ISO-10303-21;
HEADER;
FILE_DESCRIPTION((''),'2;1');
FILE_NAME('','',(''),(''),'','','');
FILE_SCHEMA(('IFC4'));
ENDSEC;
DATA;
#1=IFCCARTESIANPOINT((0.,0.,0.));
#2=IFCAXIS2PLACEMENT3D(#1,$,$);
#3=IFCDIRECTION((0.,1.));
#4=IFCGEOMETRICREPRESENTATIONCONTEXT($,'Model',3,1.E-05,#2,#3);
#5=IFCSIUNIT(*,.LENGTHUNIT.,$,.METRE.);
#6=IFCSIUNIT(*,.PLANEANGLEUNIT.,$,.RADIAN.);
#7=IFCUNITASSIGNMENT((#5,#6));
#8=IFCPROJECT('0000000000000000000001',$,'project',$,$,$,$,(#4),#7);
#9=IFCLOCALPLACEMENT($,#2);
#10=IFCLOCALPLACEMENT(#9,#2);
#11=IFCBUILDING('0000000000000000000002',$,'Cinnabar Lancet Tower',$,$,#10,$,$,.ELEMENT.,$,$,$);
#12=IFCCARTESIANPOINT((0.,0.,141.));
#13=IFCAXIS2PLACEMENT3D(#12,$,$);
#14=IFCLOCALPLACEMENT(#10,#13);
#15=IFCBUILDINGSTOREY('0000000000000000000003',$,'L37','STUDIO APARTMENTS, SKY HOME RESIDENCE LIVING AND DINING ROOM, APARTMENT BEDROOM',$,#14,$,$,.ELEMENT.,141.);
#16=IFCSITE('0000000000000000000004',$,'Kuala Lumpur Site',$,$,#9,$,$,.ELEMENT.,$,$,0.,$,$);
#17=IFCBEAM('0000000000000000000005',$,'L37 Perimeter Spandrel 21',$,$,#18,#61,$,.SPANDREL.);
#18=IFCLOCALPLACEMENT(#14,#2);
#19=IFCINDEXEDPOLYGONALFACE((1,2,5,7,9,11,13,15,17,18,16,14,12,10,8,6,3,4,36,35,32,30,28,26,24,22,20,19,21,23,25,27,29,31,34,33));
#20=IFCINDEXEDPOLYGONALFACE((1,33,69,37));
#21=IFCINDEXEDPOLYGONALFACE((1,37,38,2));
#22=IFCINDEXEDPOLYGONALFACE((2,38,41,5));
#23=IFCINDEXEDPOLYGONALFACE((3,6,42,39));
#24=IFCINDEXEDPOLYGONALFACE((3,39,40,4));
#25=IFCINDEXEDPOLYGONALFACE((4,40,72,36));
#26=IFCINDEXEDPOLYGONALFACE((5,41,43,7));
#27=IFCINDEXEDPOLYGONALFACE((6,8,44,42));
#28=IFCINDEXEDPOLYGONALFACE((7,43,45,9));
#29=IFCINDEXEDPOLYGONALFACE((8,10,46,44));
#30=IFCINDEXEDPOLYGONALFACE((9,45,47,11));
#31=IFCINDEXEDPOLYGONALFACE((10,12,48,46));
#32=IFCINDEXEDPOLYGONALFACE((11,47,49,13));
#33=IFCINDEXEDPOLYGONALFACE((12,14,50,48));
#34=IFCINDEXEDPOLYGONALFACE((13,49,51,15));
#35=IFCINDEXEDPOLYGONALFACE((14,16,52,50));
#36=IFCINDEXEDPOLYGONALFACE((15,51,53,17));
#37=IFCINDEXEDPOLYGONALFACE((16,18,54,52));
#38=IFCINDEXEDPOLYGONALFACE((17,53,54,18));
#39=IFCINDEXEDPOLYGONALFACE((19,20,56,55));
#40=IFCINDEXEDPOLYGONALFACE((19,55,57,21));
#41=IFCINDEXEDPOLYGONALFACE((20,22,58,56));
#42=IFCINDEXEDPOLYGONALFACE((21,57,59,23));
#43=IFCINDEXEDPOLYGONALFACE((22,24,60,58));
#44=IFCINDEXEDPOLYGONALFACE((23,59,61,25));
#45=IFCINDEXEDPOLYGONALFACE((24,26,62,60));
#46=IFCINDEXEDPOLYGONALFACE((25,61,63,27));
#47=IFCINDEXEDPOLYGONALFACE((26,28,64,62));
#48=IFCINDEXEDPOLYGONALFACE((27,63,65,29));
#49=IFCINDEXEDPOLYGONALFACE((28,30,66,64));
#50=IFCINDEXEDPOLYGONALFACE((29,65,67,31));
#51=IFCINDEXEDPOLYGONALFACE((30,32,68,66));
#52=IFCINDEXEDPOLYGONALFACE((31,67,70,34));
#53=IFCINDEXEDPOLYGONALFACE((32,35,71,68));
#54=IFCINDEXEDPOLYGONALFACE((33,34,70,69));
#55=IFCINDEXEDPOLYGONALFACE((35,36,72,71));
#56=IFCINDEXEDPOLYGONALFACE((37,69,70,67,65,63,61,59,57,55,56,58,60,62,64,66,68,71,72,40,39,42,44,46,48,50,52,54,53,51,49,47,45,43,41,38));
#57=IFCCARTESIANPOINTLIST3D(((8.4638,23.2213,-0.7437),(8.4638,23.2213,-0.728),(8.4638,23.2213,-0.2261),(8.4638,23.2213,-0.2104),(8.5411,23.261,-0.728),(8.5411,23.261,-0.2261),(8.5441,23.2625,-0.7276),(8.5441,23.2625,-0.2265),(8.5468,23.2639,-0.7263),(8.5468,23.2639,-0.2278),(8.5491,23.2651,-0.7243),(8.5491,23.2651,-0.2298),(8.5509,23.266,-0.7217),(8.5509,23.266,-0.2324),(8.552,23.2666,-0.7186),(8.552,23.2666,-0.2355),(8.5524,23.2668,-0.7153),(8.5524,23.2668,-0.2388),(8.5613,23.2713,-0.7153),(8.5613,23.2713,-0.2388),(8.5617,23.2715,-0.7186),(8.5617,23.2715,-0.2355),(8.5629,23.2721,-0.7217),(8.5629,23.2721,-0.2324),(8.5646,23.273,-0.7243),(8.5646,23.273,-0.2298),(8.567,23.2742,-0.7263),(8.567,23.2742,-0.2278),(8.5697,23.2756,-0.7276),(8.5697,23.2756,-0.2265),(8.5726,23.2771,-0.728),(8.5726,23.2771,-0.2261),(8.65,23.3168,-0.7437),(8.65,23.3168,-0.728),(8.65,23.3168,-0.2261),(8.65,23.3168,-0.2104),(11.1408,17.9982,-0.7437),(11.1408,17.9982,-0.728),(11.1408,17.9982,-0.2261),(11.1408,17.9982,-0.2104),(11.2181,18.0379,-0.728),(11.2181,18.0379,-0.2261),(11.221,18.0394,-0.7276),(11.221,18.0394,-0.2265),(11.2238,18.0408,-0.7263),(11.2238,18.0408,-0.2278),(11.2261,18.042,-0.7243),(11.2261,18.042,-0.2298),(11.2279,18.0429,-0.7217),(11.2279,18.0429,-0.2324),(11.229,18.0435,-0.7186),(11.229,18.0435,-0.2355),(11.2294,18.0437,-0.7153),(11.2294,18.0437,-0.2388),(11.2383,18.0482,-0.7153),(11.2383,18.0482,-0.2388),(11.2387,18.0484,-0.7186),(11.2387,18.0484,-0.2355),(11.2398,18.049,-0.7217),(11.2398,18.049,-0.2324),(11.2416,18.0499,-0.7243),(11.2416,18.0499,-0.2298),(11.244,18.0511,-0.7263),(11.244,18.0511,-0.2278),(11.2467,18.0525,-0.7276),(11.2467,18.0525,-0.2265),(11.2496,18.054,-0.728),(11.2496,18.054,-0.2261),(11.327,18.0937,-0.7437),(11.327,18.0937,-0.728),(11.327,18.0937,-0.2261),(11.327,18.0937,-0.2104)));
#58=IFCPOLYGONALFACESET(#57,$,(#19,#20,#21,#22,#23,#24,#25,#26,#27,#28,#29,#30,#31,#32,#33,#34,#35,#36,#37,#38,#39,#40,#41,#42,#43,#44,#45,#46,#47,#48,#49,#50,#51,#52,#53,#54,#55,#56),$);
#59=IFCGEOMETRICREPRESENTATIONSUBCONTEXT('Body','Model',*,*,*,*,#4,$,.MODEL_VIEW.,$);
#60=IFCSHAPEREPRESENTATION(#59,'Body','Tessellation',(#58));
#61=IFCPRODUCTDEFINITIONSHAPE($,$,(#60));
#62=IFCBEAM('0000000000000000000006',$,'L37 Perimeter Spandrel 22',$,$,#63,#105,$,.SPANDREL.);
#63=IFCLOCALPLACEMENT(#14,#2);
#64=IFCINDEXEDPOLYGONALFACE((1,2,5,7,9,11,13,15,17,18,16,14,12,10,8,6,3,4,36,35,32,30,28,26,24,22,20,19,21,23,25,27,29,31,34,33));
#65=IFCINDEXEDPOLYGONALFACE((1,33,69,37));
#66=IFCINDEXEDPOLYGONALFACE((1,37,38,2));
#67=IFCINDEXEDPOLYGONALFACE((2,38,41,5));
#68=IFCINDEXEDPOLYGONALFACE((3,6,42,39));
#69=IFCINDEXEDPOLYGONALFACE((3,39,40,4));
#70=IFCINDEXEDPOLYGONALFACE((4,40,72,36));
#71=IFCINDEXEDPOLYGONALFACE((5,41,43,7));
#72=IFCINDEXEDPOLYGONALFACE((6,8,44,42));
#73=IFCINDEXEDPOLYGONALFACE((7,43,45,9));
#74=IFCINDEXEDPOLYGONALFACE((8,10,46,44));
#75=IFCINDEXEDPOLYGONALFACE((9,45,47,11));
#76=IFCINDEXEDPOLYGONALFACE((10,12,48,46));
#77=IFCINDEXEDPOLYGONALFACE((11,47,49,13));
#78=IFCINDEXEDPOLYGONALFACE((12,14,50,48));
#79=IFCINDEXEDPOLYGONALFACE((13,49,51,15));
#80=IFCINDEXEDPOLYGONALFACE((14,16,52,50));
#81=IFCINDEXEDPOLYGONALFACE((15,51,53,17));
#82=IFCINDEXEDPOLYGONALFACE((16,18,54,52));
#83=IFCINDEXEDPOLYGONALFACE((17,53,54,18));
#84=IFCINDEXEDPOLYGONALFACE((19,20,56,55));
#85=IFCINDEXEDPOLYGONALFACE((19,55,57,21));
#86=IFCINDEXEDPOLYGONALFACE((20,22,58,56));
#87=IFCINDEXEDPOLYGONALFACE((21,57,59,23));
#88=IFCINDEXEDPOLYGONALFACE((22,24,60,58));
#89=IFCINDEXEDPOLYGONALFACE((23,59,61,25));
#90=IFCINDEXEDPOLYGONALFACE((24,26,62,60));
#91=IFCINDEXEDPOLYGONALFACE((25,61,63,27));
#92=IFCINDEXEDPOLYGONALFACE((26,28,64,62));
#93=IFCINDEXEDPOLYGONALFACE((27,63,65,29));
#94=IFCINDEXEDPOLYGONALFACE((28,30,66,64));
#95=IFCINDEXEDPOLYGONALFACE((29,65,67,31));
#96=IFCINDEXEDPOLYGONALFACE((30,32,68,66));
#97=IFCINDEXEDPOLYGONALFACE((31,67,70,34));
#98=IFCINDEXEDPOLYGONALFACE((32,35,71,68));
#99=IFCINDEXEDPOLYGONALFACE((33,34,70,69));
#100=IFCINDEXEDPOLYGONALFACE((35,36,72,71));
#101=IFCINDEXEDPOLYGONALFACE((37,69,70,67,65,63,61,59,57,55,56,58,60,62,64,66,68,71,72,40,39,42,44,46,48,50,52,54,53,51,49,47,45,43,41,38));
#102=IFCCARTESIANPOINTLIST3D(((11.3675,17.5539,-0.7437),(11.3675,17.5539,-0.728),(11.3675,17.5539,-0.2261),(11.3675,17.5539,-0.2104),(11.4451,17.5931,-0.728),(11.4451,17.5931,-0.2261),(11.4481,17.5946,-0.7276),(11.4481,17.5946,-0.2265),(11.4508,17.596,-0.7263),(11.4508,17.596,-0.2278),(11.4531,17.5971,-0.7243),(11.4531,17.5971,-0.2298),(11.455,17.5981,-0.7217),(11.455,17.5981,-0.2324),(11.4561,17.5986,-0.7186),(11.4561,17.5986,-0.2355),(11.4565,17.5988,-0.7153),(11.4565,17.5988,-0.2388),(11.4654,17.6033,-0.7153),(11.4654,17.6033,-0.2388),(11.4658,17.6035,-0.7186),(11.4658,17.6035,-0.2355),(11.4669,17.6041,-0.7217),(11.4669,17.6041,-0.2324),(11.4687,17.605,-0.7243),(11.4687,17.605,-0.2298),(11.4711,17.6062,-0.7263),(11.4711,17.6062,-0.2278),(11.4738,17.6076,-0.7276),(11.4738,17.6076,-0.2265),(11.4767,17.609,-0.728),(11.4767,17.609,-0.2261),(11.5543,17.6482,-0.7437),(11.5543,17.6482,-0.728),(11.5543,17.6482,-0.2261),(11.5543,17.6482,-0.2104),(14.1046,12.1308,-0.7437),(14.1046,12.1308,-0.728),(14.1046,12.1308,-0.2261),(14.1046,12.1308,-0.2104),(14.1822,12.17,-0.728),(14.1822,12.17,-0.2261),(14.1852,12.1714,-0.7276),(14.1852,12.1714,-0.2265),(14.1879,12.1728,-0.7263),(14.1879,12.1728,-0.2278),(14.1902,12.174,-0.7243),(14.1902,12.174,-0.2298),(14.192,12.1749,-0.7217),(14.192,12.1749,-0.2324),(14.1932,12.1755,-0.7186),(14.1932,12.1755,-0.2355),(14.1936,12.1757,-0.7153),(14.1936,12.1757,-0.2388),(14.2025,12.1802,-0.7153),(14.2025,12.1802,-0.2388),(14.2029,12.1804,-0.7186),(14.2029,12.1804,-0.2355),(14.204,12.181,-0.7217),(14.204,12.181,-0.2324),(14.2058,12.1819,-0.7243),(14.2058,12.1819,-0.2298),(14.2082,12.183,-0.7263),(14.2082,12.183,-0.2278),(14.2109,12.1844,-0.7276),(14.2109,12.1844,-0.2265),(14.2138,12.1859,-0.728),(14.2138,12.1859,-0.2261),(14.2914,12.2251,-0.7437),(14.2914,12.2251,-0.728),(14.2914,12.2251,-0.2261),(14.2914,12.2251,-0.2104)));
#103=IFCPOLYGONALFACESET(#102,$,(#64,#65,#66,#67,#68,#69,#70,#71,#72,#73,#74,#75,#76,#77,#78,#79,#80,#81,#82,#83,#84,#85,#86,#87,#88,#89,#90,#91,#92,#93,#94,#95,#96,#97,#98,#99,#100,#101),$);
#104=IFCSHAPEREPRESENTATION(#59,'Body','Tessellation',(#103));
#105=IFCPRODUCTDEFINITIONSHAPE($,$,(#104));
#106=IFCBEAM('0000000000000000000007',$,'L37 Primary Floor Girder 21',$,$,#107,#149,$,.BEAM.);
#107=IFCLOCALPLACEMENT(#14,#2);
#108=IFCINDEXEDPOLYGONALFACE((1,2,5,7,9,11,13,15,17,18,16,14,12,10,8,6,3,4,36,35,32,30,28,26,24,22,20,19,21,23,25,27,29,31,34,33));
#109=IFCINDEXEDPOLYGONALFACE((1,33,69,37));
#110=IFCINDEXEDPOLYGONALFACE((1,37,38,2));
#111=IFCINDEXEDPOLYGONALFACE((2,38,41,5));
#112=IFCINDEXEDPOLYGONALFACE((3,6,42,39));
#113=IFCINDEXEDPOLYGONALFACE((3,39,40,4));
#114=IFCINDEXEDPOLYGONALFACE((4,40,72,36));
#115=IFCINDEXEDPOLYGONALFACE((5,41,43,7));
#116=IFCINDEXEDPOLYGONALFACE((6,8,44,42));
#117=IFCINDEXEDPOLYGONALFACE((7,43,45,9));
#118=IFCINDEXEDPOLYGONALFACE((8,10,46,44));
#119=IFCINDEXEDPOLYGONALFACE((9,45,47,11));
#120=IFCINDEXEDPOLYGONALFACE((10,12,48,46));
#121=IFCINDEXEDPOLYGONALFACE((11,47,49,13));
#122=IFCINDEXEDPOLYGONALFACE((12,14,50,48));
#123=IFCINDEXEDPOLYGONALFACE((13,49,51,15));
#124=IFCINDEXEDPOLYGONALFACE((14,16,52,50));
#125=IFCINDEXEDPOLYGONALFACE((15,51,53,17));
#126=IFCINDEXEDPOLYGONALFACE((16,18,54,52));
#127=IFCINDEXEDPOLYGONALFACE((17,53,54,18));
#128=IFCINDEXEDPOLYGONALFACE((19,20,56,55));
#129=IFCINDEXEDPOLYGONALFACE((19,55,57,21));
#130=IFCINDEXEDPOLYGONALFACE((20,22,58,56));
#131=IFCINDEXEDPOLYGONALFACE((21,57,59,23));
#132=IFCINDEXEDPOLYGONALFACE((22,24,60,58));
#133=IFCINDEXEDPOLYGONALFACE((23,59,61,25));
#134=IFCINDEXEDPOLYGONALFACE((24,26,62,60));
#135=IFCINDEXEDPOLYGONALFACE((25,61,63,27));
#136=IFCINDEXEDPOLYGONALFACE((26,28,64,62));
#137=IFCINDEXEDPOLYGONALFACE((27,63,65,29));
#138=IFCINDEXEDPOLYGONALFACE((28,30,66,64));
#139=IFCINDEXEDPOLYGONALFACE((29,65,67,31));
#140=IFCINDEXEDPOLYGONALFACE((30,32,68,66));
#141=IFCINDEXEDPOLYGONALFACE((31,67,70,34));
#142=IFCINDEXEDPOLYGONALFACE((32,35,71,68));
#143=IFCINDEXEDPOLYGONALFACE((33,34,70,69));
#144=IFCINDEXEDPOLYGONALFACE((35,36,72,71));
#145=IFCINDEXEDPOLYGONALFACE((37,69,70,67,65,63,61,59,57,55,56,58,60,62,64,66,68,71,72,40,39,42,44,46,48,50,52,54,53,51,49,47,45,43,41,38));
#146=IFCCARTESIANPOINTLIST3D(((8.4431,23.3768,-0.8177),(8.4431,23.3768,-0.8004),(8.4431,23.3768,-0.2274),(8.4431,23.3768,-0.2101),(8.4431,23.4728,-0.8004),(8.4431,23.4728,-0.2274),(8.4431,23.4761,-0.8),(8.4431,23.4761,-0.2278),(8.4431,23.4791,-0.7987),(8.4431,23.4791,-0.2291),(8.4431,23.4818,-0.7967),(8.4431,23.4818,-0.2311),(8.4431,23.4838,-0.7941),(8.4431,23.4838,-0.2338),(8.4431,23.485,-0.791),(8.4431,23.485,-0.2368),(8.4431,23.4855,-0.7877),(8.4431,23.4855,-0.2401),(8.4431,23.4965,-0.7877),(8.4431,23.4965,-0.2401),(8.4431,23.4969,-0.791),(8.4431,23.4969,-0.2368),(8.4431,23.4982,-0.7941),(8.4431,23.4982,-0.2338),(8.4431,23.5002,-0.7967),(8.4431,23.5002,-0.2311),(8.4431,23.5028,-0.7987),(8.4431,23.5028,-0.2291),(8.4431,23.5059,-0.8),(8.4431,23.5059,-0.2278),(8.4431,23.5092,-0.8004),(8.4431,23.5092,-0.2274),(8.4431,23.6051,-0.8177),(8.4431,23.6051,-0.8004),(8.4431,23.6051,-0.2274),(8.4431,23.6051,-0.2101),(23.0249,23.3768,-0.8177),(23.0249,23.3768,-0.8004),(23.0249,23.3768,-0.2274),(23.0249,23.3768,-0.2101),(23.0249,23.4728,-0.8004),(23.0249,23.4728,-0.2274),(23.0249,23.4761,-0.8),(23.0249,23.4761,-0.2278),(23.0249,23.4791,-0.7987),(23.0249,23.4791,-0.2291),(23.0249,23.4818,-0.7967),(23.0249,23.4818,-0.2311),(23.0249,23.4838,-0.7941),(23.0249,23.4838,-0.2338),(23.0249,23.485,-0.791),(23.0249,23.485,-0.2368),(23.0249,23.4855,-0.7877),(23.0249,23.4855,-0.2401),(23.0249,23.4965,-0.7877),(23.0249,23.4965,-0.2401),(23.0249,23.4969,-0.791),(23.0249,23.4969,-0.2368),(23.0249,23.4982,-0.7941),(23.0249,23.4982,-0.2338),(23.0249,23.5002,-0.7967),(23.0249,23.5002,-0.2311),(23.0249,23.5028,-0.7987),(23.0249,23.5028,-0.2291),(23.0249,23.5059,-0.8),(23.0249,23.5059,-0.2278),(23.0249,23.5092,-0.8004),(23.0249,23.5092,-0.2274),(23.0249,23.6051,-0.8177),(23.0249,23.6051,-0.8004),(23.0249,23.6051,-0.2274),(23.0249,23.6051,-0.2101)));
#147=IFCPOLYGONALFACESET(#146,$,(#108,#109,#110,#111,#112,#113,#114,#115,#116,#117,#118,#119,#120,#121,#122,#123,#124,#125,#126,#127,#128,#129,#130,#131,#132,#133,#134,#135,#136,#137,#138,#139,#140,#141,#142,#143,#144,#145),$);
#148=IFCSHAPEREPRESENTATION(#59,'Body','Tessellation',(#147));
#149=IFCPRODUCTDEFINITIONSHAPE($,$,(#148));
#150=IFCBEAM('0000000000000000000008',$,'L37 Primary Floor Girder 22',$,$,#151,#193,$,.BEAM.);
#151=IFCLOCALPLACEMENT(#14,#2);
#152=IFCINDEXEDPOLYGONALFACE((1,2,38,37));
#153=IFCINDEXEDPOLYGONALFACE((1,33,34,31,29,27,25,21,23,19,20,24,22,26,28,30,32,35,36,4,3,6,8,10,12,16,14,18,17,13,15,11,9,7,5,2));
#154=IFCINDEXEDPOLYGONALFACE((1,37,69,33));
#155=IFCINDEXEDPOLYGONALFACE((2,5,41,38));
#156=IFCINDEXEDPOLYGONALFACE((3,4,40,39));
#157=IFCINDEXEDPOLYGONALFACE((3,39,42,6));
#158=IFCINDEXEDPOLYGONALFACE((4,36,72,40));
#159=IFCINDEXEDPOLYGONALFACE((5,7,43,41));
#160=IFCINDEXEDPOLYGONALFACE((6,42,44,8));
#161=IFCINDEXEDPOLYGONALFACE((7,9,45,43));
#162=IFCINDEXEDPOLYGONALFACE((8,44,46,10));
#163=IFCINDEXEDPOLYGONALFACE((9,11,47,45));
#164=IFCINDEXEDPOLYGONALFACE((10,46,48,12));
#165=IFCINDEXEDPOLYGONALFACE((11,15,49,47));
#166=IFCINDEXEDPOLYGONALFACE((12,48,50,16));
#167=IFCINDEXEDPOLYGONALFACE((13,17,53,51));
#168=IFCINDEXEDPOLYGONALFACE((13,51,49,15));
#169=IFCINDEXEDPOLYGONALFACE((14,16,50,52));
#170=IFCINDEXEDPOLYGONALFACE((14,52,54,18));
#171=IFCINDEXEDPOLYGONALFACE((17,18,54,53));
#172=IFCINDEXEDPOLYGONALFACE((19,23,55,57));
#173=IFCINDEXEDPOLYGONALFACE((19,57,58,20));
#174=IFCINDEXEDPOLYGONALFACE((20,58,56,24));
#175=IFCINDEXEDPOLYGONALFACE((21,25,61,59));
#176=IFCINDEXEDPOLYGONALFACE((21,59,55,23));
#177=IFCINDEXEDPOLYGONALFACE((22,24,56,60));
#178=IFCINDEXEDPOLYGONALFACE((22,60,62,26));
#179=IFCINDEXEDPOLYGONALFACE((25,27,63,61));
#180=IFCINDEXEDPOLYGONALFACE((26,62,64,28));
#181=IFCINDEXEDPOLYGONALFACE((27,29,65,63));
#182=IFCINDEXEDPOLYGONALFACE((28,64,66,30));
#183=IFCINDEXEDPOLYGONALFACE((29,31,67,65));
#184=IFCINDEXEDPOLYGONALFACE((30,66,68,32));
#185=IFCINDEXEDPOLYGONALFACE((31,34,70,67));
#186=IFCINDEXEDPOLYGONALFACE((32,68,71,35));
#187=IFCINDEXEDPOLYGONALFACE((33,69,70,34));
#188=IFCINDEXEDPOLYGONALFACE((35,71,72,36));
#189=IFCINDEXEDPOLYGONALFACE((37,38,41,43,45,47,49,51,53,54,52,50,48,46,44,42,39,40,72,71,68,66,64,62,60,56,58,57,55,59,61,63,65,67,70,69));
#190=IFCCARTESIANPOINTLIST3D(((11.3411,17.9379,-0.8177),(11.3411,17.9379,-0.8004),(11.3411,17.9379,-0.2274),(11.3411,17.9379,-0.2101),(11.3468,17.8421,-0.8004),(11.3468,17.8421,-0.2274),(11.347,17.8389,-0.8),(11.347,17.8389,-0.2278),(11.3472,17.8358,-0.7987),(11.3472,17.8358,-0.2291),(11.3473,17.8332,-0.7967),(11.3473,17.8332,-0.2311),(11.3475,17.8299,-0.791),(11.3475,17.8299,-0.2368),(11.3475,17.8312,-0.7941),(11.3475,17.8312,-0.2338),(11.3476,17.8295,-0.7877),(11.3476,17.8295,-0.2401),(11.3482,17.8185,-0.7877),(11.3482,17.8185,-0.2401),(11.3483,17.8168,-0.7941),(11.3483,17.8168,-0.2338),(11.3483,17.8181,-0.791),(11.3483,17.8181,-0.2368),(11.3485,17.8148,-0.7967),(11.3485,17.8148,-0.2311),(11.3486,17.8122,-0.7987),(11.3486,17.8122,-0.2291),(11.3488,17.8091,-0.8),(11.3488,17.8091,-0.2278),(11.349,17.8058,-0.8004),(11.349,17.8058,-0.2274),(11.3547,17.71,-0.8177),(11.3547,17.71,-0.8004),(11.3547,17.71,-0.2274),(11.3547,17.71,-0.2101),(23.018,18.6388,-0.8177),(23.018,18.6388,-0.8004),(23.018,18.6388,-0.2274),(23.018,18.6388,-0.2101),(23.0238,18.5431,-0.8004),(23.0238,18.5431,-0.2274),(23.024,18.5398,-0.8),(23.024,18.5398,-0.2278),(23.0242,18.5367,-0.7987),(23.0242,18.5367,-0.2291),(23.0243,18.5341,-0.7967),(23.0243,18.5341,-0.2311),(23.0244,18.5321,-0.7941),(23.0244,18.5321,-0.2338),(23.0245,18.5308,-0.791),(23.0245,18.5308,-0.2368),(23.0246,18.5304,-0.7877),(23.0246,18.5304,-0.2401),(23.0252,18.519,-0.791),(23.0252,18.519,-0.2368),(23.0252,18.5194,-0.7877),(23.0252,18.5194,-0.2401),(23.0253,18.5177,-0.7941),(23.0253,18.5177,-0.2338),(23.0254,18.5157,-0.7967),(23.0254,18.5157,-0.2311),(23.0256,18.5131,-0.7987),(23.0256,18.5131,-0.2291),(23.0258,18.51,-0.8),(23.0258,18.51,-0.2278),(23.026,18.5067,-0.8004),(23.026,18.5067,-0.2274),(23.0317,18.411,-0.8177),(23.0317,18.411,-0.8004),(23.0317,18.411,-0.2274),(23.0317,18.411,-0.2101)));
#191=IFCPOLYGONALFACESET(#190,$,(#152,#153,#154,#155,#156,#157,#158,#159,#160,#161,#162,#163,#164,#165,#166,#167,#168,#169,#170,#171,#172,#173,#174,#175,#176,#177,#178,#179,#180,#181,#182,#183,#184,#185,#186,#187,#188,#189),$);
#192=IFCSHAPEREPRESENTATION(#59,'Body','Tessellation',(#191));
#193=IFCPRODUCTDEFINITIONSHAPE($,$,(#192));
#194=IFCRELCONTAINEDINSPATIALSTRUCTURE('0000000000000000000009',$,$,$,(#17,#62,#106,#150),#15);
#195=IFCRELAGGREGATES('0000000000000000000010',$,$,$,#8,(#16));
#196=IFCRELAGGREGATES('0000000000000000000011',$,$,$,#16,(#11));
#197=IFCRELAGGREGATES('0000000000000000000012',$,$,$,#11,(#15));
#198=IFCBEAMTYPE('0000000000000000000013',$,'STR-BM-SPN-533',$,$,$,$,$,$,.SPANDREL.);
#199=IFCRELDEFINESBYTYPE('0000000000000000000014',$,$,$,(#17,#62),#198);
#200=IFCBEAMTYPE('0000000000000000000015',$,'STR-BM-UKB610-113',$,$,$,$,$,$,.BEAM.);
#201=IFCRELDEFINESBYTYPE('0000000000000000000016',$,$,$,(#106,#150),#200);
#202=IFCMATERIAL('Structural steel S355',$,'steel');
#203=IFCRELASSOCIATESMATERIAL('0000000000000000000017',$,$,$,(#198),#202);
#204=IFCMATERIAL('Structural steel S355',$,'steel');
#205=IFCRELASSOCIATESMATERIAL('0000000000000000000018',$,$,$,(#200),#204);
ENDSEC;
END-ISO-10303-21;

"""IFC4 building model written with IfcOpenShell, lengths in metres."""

from ifc_helpers import new_model, si_unit, direction, frame, origin, origin_2d, place, context, subcontext, project, spatial, i_section, extrude, material, material_profile, profile_set, type_object, element, save


model = new_model("IFC4")

# Units and contexts
model_context = context("Model", 3, precision=1e-05, world=origin(), true_north=direction((0.0, 1.0)))
body_context = subcontext(model_context, "Body", "Model", "MODEL_VIEW")
ifc_project = project(units=[si_unit("LENGTHUNIT", "METRE"), si_unit("PLANEANGLEUNIT", "RADIAN")], contexts=[model_context])

# Site, building, storey
site_placement = place(None, origin())
site = spatial("IfcSite", under=ifc_project, at=site_placement, Name="Kuala Lumpur Site", CompositionType="ELEMENT", RefElevation=0.0)
building_placement = place(site_placement, origin())
building = spatial("IfcBuilding", under=site, at=building_placement, Name="Cinnabar Lancet Tower", CompositionType="ELEMENT")
storey_placement = place(building_placement, frame((0.0, 0.0, 141.0)))
storey = spatial("IfcBuildingStorey", under=building, at=storey_placement, Name="L37", Description="STUDIO APARTMENTS, SKY HOME RESIDENCE LIVING AND DINING ROOM, APARTMENT BEDROOM", CompositionType="ELEMENT", Elevation=141.0)

# Beams
ifc_material_1 = material(Name="Structural steel S355", Category="steel")
ifc_material_profile_1 = material_profile(ifc_material_1, i_section(OverallWidth=0.2092, OverallDepth=0.5332, WebThickness=0.01, FlangeThickness=0.0156, FilletRadius=0.0127, at=origin_2d()), Name="UKB 533x210x92")
ifc_profile_set_1 = profile_set([ifc_material_profile_1], Name="Structural steel S355")
beam_type_1 = type_object("IfcBeamType", Name="STR-BM-SPN-533", PredefinedType="SPANDREL", material=ifc_profile_set_1)
beam_1_placement = place(storey_placement, frame((8.5569, 23.269, -0.4771), z_axis=(0.45611, -0.889924, 0.0), x_axis=(0.889924, 0.45611, 0.0)))
element("IfcBeam", 1, at=beam_1_placement, inside=storey, type_object=beam_type_1, Name="L37 Perimeter Spandrel 21", PredefinedType="SPANDREL", context=body_context, shape_type="SweptSolid", body=[
    extrude(i_section(OverallWidth=0.2092, OverallDepth=0.5332, WebThickness=0.01, FlangeThickness=0.0156, FilletRadius=0.0127, at=origin_2d()), origin(), (0.0, 0.0, 1.0), 5.8691),
])
beam_2_placement = place(storey_placement, frame((11.4609, 17.6011, -0.4771), z_axis=(0.45057, -0.892741, 0.0), x_axis=(0.892741, 0.45057, 0.0)))
element("IfcBeam", 2, at=beam_2_placement, inside=storey, type_object=beam_type_1, Name="L37 Perimeter Spandrel 22", PredefinedType="SPANDREL", context=body_context, shape_type="SweptSolid", body=[
    extrude(i_section(OverallWidth=0.2092, OverallDepth=0.5332, WebThickness=0.01, FlangeThickness=0.0156, FilletRadius=0.0127, at=origin_2d()), origin(), (0.0, 0.0, 1.0), 6.0747),
])
ifc_material_2 = material(Name="Structural steel S355", Category="steel")
ifc_material_profile_2 = material_profile(ifc_material_2, i_section(OverallWidth=0.2283, OverallDepth=0.6077, WebThickness=0.011, FlangeThickness=0.0173, FilletRadius=0.0127, at=origin_2d()), Name="UKB 610x229x113")
ifc_profile_set_2 = profile_set([ifc_material_profile_2], Name="Structural steel S355")
beam_type_2 = type_object("IfcBeamType", Name="STR-BM-UKB610-113", PredefinedType="BEAM", material=ifc_profile_set_2)
beam_3_placement = place(storey_placement, frame((8.4431, 23.491, -0.5139), z_axis=(1.0, 0.0, 0.0), x_axis=(0.0, 1.0, 0.0)))
element("IfcBeam", 3, at=beam_3_placement, inside=storey, type_object=beam_type_2, Name="L37 Primary Floor Girder 21", PredefinedType="BEAM", context=body_context, shape_type="SweptSolid", body=[
    extrude(i_section(OverallWidth=0.2283, OverallDepth=0.6077, WebThickness=0.011, FlangeThickness=0.0173, FilletRadius=0.0127, at=origin_2d()), origin(), (0.0, 0.0, 1.0), 14.5818),
])
beam_4_placement = place(storey_placement, frame((11.3479, 17.824, -0.5139), z_axis=(0.998203, 0.059918, 0.0), x_axis=(-0.059918, 0.998203, 0.0)))
element("IfcBeam", 4, at=beam_4_placement, inside=storey, type_object=beam_type_2, Name="L37 Primary Floor Girder 22", PredefinedType="BEAM", context=body_context, shape_type="SweptSolid", body=[
    extrude(i_section(OverallWidth=0.2283, OverallDepth=0.6077, WebThickness=0.011, FlangeThickness=0.0173, FilletRadius=0.0127, at=origin_2d()), origin(), (0.0, 0.0, 1.0), 11.698),
])

save(model, "model.ifc")
